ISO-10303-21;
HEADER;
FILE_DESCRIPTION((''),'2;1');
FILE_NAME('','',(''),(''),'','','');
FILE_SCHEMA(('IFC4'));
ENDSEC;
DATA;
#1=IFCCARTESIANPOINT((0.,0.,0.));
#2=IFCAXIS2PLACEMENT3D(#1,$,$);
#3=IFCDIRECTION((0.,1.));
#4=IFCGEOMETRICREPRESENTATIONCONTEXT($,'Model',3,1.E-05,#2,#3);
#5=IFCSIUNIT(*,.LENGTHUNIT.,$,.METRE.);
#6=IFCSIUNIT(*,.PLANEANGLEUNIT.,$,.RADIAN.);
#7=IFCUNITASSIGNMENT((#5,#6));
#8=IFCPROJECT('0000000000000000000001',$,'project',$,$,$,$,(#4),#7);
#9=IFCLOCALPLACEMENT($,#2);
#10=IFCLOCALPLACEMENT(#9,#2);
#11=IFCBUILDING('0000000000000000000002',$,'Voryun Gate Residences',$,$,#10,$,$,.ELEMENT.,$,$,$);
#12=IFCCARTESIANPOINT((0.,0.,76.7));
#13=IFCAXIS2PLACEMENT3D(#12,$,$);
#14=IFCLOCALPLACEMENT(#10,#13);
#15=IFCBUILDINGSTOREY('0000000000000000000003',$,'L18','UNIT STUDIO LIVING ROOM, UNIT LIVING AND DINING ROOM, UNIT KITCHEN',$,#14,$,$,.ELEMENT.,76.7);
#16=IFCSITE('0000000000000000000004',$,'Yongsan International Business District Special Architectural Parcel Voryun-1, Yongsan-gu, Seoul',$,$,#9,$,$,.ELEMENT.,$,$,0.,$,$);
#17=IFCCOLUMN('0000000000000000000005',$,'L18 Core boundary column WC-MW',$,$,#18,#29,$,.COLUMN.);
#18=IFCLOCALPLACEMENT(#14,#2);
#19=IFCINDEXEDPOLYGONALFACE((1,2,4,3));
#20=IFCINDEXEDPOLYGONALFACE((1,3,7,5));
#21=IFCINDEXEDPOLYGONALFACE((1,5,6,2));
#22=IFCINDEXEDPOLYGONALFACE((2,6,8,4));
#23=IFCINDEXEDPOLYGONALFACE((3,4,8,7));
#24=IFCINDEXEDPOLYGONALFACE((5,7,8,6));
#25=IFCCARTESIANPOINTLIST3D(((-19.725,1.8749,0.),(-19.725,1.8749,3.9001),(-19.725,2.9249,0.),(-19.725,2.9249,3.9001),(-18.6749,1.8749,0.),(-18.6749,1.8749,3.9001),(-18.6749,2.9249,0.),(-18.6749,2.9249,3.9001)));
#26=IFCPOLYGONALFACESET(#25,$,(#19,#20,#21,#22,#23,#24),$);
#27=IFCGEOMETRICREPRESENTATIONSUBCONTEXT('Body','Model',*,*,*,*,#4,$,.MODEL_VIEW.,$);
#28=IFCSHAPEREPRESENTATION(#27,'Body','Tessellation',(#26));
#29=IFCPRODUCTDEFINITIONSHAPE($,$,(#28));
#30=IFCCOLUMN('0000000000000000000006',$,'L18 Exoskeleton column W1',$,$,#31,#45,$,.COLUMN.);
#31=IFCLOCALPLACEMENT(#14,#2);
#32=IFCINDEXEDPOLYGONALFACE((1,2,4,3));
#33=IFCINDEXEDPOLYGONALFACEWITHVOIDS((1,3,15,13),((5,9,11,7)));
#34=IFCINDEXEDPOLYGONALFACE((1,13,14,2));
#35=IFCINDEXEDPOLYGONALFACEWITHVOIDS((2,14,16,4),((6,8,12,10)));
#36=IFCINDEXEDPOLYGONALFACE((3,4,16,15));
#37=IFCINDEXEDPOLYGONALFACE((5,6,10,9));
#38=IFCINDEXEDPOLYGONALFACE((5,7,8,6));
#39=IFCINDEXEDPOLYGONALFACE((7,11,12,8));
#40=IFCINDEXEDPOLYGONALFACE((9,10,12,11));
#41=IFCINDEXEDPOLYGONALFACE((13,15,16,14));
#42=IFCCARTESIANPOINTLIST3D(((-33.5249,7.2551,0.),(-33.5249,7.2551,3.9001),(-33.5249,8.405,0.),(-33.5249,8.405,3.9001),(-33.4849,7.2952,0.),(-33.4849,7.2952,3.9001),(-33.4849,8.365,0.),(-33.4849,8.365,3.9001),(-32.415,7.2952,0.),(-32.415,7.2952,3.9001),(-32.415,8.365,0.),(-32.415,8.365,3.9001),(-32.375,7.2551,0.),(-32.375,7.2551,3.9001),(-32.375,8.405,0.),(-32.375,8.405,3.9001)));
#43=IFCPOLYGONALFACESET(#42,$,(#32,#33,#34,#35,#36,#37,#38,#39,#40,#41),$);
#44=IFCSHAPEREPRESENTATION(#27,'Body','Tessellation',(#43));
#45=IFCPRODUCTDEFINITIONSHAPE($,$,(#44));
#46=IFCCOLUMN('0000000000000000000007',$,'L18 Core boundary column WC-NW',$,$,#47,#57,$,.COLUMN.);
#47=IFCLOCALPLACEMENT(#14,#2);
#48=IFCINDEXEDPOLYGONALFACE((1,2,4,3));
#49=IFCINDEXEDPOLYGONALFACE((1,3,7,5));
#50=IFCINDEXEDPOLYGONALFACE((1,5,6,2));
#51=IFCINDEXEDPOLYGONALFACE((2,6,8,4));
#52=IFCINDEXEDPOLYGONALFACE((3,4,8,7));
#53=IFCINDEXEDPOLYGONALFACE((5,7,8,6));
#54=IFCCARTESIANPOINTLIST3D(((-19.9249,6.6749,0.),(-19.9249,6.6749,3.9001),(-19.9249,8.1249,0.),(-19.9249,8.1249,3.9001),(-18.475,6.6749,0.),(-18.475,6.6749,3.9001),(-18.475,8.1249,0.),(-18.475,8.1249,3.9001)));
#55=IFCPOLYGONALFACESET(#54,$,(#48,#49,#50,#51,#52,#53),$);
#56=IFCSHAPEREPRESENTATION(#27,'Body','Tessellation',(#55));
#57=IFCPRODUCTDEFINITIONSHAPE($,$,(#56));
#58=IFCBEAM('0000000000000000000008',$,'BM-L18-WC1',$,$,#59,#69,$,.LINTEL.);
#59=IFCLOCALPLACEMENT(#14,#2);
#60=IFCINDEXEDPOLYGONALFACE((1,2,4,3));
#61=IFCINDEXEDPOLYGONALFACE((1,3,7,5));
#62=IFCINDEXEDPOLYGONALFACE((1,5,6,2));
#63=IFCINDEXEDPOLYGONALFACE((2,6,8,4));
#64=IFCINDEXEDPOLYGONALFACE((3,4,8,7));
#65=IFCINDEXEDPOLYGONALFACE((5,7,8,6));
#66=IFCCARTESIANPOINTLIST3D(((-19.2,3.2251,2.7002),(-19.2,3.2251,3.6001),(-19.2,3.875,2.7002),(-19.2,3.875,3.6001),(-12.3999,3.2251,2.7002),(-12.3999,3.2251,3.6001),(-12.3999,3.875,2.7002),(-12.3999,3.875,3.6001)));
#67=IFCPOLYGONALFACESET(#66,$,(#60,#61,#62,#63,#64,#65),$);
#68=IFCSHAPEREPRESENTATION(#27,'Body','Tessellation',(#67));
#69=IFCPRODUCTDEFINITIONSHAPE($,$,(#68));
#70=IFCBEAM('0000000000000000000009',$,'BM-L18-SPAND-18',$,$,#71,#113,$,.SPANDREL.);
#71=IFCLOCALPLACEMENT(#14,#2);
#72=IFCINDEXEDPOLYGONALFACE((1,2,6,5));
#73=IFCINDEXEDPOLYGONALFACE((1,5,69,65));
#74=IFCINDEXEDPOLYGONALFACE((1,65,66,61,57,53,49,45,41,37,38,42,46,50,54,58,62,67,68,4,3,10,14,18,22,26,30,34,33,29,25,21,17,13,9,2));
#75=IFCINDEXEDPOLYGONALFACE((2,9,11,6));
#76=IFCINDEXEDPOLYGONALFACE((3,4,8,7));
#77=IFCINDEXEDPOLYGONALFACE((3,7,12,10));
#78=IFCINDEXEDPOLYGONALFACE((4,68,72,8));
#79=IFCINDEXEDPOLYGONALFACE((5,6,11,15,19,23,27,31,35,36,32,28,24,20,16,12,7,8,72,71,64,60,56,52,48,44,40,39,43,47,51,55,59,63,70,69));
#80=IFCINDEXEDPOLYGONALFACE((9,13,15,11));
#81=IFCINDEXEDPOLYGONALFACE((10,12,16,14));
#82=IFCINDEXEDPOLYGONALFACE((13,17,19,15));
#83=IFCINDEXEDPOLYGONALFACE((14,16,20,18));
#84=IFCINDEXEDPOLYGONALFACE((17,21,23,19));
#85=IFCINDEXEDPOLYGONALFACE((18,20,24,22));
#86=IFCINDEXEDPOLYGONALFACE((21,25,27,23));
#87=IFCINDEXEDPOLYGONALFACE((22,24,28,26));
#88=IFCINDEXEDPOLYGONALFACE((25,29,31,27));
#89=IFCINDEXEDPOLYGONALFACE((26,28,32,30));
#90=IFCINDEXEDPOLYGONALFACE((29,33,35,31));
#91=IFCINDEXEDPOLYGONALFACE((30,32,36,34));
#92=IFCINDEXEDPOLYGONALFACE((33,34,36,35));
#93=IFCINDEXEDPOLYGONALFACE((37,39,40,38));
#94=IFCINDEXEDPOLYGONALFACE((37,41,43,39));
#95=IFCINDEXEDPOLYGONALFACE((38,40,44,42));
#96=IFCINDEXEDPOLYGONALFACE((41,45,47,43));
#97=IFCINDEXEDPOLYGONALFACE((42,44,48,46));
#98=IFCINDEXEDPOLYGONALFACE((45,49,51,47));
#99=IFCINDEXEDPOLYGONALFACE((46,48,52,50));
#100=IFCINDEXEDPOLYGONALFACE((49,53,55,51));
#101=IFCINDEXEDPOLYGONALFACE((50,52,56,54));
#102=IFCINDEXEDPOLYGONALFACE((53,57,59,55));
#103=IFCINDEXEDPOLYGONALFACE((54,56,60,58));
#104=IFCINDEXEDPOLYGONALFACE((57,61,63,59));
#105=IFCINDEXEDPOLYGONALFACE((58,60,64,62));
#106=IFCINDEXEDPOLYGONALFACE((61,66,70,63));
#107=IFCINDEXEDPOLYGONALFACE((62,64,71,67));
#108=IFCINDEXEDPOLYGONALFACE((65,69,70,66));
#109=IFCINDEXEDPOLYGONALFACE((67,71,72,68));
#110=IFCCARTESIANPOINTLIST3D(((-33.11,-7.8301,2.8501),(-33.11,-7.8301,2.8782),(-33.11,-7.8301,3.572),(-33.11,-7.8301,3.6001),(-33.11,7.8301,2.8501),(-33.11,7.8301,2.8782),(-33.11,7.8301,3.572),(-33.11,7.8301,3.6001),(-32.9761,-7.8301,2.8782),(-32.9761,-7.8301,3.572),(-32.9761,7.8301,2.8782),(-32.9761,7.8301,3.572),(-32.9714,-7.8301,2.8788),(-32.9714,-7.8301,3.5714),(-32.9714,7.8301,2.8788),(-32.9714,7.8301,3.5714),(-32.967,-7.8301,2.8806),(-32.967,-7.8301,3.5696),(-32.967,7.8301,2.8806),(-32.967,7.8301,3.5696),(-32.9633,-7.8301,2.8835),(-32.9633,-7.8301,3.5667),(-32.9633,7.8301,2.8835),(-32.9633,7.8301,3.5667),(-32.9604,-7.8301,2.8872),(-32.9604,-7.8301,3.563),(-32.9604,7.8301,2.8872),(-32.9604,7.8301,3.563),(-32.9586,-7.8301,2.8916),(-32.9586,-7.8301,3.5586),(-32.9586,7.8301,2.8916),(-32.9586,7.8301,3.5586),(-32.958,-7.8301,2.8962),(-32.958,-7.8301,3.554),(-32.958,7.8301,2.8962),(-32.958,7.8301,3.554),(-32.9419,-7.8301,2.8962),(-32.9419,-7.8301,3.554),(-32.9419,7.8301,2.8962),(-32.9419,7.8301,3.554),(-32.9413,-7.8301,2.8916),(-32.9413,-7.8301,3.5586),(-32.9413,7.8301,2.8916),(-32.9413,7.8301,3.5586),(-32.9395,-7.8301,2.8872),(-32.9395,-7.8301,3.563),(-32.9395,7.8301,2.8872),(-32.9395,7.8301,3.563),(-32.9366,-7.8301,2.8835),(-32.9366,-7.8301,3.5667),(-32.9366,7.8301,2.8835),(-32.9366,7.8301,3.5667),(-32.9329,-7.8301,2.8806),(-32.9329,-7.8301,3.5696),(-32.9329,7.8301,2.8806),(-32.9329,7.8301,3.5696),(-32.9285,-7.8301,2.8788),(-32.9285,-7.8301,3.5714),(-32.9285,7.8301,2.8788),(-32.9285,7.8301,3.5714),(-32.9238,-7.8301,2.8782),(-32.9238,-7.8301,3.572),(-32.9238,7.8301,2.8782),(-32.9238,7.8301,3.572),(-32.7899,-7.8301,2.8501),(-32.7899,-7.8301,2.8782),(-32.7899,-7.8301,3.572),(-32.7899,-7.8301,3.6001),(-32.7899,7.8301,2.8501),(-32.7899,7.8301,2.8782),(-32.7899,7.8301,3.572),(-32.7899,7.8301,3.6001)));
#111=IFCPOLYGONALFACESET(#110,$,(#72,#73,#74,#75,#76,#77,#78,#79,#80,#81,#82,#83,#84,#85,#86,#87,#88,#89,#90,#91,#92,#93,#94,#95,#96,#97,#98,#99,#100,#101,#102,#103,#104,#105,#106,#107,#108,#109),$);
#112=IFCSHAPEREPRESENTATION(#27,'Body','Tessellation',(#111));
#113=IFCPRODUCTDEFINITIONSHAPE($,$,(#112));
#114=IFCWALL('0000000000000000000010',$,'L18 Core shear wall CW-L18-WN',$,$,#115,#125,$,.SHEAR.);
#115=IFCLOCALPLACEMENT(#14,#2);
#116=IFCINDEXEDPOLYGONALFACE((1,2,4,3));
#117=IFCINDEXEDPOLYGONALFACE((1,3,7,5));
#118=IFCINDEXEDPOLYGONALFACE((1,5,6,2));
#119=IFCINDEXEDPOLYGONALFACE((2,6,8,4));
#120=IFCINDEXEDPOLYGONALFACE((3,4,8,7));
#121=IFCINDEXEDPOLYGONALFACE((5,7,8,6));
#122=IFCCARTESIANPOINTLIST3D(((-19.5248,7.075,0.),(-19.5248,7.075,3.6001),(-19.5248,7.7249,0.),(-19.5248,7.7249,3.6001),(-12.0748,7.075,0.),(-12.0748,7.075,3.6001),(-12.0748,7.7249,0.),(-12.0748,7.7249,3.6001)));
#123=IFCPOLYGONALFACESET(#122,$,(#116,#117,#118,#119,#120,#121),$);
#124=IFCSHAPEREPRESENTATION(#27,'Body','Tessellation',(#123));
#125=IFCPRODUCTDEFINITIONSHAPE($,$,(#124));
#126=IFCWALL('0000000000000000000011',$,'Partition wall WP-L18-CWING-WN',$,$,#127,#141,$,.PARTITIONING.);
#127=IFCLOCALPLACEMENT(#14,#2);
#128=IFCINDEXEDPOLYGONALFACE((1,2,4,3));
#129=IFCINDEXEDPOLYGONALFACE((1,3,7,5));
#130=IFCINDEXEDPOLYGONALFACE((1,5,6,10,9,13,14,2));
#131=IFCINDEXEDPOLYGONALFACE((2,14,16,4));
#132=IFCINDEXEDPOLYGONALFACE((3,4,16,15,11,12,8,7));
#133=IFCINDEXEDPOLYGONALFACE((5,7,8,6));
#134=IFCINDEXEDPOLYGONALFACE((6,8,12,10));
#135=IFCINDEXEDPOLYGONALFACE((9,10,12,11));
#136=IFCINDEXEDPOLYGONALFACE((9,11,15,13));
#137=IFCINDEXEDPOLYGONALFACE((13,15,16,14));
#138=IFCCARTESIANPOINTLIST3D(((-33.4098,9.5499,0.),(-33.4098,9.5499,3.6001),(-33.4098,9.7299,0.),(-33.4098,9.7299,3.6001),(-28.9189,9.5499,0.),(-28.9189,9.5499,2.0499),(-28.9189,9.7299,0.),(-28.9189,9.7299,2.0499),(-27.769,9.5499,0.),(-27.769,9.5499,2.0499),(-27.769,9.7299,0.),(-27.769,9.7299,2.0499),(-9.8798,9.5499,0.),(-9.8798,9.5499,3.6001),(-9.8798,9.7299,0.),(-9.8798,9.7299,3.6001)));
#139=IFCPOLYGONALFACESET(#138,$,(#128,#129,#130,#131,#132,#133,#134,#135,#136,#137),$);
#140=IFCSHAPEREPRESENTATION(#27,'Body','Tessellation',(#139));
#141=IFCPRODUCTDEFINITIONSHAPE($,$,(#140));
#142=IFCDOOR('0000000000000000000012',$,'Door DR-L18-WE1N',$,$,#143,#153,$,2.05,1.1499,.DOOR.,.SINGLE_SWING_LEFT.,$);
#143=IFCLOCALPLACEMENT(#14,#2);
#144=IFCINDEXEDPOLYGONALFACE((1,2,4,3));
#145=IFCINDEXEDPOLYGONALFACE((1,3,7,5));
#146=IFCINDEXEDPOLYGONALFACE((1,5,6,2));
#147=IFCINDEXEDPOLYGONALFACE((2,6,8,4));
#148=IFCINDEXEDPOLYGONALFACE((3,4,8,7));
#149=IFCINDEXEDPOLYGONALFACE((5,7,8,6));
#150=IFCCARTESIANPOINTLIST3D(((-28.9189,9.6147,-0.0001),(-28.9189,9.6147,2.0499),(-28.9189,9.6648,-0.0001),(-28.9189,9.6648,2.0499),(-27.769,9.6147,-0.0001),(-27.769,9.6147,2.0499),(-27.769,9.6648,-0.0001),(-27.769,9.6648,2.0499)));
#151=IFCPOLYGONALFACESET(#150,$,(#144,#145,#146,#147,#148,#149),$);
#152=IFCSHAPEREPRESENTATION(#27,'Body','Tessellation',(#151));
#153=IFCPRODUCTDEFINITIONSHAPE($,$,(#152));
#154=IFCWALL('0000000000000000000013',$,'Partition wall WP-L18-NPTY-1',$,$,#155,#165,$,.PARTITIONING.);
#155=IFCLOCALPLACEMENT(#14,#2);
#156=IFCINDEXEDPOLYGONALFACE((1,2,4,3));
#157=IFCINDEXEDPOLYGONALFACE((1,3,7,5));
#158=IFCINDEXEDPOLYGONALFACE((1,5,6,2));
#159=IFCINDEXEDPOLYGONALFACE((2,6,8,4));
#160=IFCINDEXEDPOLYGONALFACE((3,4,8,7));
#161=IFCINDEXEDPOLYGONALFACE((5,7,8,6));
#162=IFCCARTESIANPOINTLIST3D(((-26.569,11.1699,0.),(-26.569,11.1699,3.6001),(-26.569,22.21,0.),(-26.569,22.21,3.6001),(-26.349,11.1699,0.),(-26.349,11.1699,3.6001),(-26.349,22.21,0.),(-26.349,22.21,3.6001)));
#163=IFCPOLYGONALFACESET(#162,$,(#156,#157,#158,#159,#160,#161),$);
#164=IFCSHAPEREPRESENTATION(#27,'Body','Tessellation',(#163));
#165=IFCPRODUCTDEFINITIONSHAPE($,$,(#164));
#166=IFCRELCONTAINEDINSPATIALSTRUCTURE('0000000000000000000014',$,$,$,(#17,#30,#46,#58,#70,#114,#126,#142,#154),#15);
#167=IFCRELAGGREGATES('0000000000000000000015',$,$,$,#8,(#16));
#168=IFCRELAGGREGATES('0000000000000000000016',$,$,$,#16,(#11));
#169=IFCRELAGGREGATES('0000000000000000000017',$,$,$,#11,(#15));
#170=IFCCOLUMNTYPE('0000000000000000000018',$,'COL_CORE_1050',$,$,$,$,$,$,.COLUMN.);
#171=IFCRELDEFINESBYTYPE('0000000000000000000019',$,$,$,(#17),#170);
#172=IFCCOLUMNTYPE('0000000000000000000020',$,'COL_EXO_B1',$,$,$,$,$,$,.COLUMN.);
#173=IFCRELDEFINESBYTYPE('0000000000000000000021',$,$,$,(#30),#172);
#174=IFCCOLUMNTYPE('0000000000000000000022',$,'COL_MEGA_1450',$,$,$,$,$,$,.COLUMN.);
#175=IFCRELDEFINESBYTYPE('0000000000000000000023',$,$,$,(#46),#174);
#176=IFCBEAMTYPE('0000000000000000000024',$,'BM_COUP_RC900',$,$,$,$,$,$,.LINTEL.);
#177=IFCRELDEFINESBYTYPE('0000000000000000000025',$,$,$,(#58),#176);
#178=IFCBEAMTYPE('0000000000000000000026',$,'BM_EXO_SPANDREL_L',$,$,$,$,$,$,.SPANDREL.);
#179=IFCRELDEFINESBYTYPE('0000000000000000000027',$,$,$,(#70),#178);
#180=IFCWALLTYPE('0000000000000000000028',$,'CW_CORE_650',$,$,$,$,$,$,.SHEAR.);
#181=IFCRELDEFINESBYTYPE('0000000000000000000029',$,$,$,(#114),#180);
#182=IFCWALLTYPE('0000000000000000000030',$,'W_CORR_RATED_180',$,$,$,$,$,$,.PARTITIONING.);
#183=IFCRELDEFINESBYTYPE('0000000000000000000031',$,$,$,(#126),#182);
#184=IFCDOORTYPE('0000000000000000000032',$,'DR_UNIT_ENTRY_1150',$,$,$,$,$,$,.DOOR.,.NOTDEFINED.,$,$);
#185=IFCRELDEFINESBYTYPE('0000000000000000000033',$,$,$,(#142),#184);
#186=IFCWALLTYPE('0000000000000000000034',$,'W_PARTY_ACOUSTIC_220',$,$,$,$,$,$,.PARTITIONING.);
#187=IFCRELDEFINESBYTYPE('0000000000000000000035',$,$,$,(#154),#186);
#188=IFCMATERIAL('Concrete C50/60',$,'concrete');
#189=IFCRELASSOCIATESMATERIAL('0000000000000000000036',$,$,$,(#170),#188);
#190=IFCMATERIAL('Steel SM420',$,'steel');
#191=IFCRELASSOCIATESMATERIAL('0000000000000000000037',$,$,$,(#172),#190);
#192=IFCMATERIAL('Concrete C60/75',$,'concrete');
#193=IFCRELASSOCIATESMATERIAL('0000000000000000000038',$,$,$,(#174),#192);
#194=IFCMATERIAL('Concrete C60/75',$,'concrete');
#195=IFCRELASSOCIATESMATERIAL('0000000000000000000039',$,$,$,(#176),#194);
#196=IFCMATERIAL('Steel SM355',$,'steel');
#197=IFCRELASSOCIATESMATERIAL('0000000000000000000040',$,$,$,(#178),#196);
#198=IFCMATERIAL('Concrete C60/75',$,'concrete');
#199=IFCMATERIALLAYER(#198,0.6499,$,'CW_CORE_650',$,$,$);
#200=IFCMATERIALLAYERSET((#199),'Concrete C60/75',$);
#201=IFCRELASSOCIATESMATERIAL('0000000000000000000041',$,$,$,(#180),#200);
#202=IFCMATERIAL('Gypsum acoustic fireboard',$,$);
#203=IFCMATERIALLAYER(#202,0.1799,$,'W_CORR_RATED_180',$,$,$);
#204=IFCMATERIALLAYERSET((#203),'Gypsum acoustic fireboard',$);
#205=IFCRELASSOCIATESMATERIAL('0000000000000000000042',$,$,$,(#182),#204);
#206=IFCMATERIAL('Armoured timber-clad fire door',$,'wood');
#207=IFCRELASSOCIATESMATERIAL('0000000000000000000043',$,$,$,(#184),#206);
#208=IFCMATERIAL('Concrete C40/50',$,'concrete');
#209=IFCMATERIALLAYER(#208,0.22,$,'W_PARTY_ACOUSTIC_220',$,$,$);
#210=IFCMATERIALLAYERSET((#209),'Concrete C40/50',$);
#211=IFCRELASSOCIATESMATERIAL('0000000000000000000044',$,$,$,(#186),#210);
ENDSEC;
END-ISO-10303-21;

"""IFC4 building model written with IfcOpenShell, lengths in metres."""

from ifc_helpers import new_model, si_unit, direction, frame, frame_2d, origin, origin_2d, place, context, subcontext, project, spatial, rectangle, hollow_rectangle, i_section, extrude, material, layer, layer_set, material_profile, profile_set, type_object, element, fill, save


model = new_model("IFC4")

# Units and contexts
model_context = context("Model", 3, precision=1e-05, world=origin(), true_north=direction((0.0, 1.0)))
body_context = subcontext(model_context, "Body", "Model", "MODEL_VIEW")
ifc_project = project(units=[si_unit("LENGTHUNIT", "METRE"), si_unit("PLANEANGLEUNIT", "RADIAN")], contexts=[model_context])

# Site, building, storey
site_placement = place(None, origin())
site = spatial("IfcSite", under=ifc_project, at=site_placement, Name="Yongsan International Business District Special Architectural Parcel Voryun-1, Yongsan-gu, Seoul", CompositionType="ELEMENT", RefElevation=0.0)
building_placement = place(site_placement, origin())
building = spatial("IfcBuilding", under=site, at=building_placement, Name="Voryun Gate Residences", CompositionType="ELEMENT")
storey_placement = place(building_placement, frame((0.0, 0.0, 76.7)))
storey = spatial("IfcBuildingStorey", under=building, at=storey_placement, Name="L18", Description="UNIT STUDIO LIVING ROOM, UNIT LIVING AND DINING ROOM, UNIT KITCHEN", CompositionType="ELEMENT", Elevation=76.7)

# Columns
ifc_material_1 = material(Name="Concrete C50/60", Category="concrete")
ifc_material_profile_1 = material_profile(ifc_material_1, rectangle(XDim=1.05, YDim=1.05, at=origin_2d()), Name="RC-1050x1050")
ifc_profile_set_1 = profile_set([ifc_material_profile_1], Name="Concrete C50/60")
column_type_1 = type_object("IfcColumnType", Name="COL_CORE_1050", PredefinedType="COLUMN", material=ifc_profile_set_1)
column_1_placement = place(storey_placement, frame((-19.2, 2.3999, 0.0), z_axis=(0.0, 0.0, 1.0), x_axis=(1.0, 0.0, 0.0)))
element("IfcColumn", 1, at=column_1_placement, inside=storey, type_object=column_type_1, Name="L18 Core boundary column WC-MW", PredefinedType="COLUMN", context=body_context, shape_type="SweptSolid", body=[
    extrude(rectangle(XDim=1.05, YDim=1.05, at=origin_2d()), origin(), (0.0, 0.0, 1.0), 3.9001),
])
ifc_material_2 = material(Name="Steel SM420", Category="steel")
ifc_material_profile_2 = material_profile(ifc_material_2, hollow_rectangle(XDim=1.1499, YDim=1.1499, WallThickness=0.04, at=origin_2d()), Name="BOX-1150x1150x40")
ifc_profile_set_2 = profile_set([ifc_material_profile_2], Name="Steel SM420")
column_type_2 = type_object("IfcColumnType", Name="COL_EXO_B1", PredefinedType="COLUMN", material=ifc_profile_set_2)
column_2_placement = place(storey_placement, frame((-32.95, 7.8301, 0.0), z_axis=(0.0, 0.0, 1.0), x_axis=(1.0, 0.0, 0.0)))
element("IfcColumn", 2, at=column_2_placement, inside=storey, type_object=column_type_2, Name="L18 Exoskeleton column W1", PredefinedType="COLUMN", context=body_context, shape_type="SweptSolid", body=[
    extrude(hollow_rectangle(XDim=1.1499, YDim=1.1499, WallThickness=0.04, at=origin_2d()), origin(), (0.0, 0.0, 1.0), 3.9001),
])
ifc_material_3 = material(Name="Concrete C60/75", Category="concrete")
ifc_material_profile_3 = material_profile(ifc_material_3, rectangle(XDim=1.45, YDim=1.45, at=origin_2d()), Name="RC-1450x1450")
ifc_profile_set_3 = profile_set([ifc_material_profile_3], Name="Concrete C60/75")
column_type_3 = type_object("IfcColumnType", Name="COL_MEGA_1450", PredefinedType="COLUMN", material=ifc_profile_set_3)
column_3_placement = place(storey_placement, frame((-19.2, 7.3999, 0.0), z_axis=(0.0, 0.0, 1.0), x_axis=(1.0, 0.0, 0.0)))
element("IfcColumn", 3, at=column_3_placement, inside=storey, type_object=column_type_3, Name="L18 Core boundary column WC-NW", PredefinedType="COLUMN", context=body_context, shape_type="SweptSolid", body=[
    extrude(rectangle(XDim=1.45, YDim=1.45, at=origin_2d()), origin(), (0.0, 0.0, 1.0), 3.9001),
])

# Beams
ifc_material_4 = material(Name="Concrete C60/75", Category="concrete")
ifc_material_profile_4 = material_profile(ifc_material_4, rectangle(XDim=0.6499, YDim=0.8999, at=origin_2d()), Name="RC-650x900")
ifc_profile_set_4 = profile_set([ifc_material_profile_4], Name="Concrete C60/75")
beam_type_1 = type_object("IfcBeamType", Name="BM_COUP_RC900", PredefinedType="LINTEL", material=ifc_profile_set_4)
beam_1_placement = place(storey_placement, frame((-19.2, 3.55, 3.1501), z_axis=(1.0, 0.0, 0.0), x_axis=(0.0, 1.0, 0.0)))
element("IfcBeam", 4, at=beam_1_placement, inside=storey, type_object=beam_type_1, Name="BM-L18-WC1", PredefinedType="LINTEL", context=body_context, shape_type="SweptSolid", body=[
    extrude(rectangle(XDim=0.6499, YDim=0.8999, at=origin_2d()), origin(), (0.0, 0.0, 1.0), 6.8),
])
ifc_material_5 = material(Name="Steel SM355", Category="steel")
ifc_material_profile_5 = material_profile(ifc_material_5, i_section(OverallWidth=0.3201, OverallDepth=0.75, WebThickness=0.0161, FlangeThickness=0.0281, FilletRadius=0.0181, at=origin_2d()), Name="H-750x320x16x28")
ifc_profile_set_5 = profile_set([ifc_material_profile_5], Name="Steel SM355")
beam_type_2 = type_object("IfcBeamType", Name="BM_EXO_SPANDREL_L", PredefinedType="SPANDREL", material=ifc_profile_set_5)
beam_2_placement = place(storey_placement, frame((-32.95, 7.8301, 3.2251), z_axis=(0.0, -1.0, 0.0), x_axis=(1.0, 0.0, 0.0)))
element("IfcBeam", 5, at=beam_2_placement, inside=storey, type_object=beam_type_2, Name="BM-L18-SPAND-18", PredefinedType="SPANDREL", context=body_context, shape_type="SweptSolid", body=[
    extrude(i_section(OverallWidth=0.3201, OverallDepth=0.75, WebThickness=0.0161, FlangeThickness=0.0281, FilletRadius=0.0181, at=origin_2d()), origin(), (0.0, 0.0, 1.0), 15.6602),
])

# Wall
ifc_material_6 = material(Name="Concrete C60/75", Category="concrete")
ifc_layer_1 = layer(ifc_material_6, 0.6499, Name="CW_CORE_650")
ifc_layer_set_1 = layer_set([ifc_layer_1], Name="Concrete C60/75")
wall_type_1 = type_object("IfcWallType", Name="CW_CORE_650", PredefinedType="SHEAR", material=ifc_layer_set_1)
wall_1_placement = place(storey_placement, frame((-19.5249, 7.3999, 0.0), z_axis=(0.0, 0.0, 1.0), x_axis=(1.0, 0.0, 0.0)))
element("IfcWall", 6, at=wall_1_placement, inside=storey, type_object=wall_type_1, Name="L18 Core shear wall CW-L18-WN", PredefinedType="SHEAR", context=body_context, shape_type="SweptSolid", body=[
    extrude(rectangle(XDim=7.45, YDim=0.6499, at=frame_2d((3.7251, 0.0))), origin(), (0.0, 0.0, 1.0), 3.6001),
])

# Wall, opening, door
ifc_material_7 = material(Name="Gypsum acoustic fireboard")
ifc_layer_2 = layer(ifc_material_7, 0.1799, Name="W_CORR_RATED_180")
ifc_layer_set_2 = layer_set([ifc_layer_2], Name="Gypsum acoustic fireboard")
wall_type_2 = type_object("IfcWallType", Name="W_CORR_RATED_180", PredefinedType="PARTITIONING", material=ifc_layer_set_2)
wall_2_placement = place(storey_placement, frame((-33.4099, 9.6399, 0.0), z_axis=(0.0, 0.0, 1.0), x_axis=(1.0, 0.0, 0.0)))
wall_2 = element("IfcWall", 7, at=wall_2_placement, inside=storey, type_object=wall_type_2, Name="Partition wall WP-L18-CWING-WN", PredefinedType="PARTITIONING", context=body_context, shape_type="SweptSolid", body=[
    extrude(rectangle(XDim=23.53, YDim=0.1799, at=frame_2d((11.7651, 0.0))), origin(), (0.0, 0.0, 1.0), 3.6001),
])
opening_1_placement = place(wall_2_placement, frame((4.491, 0.0, 0.0)))
opening_1 = element("IfcOpeningElement", 8, at=opening_1_placement, cuts=wall_2, PredefinedType="OPENING", context=body_context, shape_type="SweptSolid", body=[
    extrude(rectangle(XDim=1.1499, YDim=2.05, at=frame_2d((0.575, 1.0249))), frame((0.0, 0.0999, 0.0), z_axis=(0.0, -1.0, 0.0), x_axis=(1.0, 0.0, 0.0)), (0.0, 0.0, 1.0), 0.2),
])
ifc_material_8 = material(Name="Armoured timber-clad fire door", Category="wood")
door_type_1 = type_object("IfcDoorType", Name="DR_UNIT_ENTRY_1150", OperationType="NOTDEFINED", PredefinedType="DOOR", material=ifc_material_8)
door_1_placement = place(opening_1_placement, origin())
door_1 = element("IfcDoor", 9, at=door_1_placement, inside=storey, type_object=door_type_1, Name="Door DR-L18-WE1N", OperationType="SINGLE_SWING_LEFT", OverallHeight=2.05, OverallWidth=1.1499, PredefinedType="DOOR", context=body_context, shape_type="SweptSolid", body=[
    extrude(rectangle(XDim=1.1499, YDim=2.05, at=frame_2d((0.575, 1.0249))), frame((0.0, 0.0249, 0.0), z_axis=(0.0, -1.0, 0.0), x_axis=(1.0, 0.0, 0.0)), (0.0, 0.0, 1.0), 0.05),
])
fill(opening_1, door_1)

# Wall
ifc_material_9 = material(Name="Concrete C40/50", Category="concrete")
ifc_layer_3 = layer(ifc_material_9, 0.22, Name="W_PARTY_ACOUSTIC_220")
ifc_layer_set_3 = layer_set([ifc_layer_3], Name="Concrete C40/50")
wall_type_3 = type_object("IfcWallType", Name="W_PARTY_ACOUSTIC_220", PredefinedType="PARTITIONING", material=ifc_layer_set_3)
wall_3_placement = place(storey_placement, frame((-26.459, 11.1699, 0.0), z_axis=(0.0, 0.0, 1.0), x_axis=(0.0, 1.0, 0.0)))
element("IfcWall", 10, at=wall_3_placement, inside=storey, type_object=wall_type_3, Name="Partition wall WP-L18-NPTY-1", PredefinedType="PARTITIONING", context=body_context, shape_type="SweptSolid", body=[
    extrude(rectangle(XDim=11.04, YDim=0.22, at=frame_2d((5.52, 0.0))), origin(), (0.0, 0.0, 1.0), 3.6001),
])

save(model, "model.ifc")
